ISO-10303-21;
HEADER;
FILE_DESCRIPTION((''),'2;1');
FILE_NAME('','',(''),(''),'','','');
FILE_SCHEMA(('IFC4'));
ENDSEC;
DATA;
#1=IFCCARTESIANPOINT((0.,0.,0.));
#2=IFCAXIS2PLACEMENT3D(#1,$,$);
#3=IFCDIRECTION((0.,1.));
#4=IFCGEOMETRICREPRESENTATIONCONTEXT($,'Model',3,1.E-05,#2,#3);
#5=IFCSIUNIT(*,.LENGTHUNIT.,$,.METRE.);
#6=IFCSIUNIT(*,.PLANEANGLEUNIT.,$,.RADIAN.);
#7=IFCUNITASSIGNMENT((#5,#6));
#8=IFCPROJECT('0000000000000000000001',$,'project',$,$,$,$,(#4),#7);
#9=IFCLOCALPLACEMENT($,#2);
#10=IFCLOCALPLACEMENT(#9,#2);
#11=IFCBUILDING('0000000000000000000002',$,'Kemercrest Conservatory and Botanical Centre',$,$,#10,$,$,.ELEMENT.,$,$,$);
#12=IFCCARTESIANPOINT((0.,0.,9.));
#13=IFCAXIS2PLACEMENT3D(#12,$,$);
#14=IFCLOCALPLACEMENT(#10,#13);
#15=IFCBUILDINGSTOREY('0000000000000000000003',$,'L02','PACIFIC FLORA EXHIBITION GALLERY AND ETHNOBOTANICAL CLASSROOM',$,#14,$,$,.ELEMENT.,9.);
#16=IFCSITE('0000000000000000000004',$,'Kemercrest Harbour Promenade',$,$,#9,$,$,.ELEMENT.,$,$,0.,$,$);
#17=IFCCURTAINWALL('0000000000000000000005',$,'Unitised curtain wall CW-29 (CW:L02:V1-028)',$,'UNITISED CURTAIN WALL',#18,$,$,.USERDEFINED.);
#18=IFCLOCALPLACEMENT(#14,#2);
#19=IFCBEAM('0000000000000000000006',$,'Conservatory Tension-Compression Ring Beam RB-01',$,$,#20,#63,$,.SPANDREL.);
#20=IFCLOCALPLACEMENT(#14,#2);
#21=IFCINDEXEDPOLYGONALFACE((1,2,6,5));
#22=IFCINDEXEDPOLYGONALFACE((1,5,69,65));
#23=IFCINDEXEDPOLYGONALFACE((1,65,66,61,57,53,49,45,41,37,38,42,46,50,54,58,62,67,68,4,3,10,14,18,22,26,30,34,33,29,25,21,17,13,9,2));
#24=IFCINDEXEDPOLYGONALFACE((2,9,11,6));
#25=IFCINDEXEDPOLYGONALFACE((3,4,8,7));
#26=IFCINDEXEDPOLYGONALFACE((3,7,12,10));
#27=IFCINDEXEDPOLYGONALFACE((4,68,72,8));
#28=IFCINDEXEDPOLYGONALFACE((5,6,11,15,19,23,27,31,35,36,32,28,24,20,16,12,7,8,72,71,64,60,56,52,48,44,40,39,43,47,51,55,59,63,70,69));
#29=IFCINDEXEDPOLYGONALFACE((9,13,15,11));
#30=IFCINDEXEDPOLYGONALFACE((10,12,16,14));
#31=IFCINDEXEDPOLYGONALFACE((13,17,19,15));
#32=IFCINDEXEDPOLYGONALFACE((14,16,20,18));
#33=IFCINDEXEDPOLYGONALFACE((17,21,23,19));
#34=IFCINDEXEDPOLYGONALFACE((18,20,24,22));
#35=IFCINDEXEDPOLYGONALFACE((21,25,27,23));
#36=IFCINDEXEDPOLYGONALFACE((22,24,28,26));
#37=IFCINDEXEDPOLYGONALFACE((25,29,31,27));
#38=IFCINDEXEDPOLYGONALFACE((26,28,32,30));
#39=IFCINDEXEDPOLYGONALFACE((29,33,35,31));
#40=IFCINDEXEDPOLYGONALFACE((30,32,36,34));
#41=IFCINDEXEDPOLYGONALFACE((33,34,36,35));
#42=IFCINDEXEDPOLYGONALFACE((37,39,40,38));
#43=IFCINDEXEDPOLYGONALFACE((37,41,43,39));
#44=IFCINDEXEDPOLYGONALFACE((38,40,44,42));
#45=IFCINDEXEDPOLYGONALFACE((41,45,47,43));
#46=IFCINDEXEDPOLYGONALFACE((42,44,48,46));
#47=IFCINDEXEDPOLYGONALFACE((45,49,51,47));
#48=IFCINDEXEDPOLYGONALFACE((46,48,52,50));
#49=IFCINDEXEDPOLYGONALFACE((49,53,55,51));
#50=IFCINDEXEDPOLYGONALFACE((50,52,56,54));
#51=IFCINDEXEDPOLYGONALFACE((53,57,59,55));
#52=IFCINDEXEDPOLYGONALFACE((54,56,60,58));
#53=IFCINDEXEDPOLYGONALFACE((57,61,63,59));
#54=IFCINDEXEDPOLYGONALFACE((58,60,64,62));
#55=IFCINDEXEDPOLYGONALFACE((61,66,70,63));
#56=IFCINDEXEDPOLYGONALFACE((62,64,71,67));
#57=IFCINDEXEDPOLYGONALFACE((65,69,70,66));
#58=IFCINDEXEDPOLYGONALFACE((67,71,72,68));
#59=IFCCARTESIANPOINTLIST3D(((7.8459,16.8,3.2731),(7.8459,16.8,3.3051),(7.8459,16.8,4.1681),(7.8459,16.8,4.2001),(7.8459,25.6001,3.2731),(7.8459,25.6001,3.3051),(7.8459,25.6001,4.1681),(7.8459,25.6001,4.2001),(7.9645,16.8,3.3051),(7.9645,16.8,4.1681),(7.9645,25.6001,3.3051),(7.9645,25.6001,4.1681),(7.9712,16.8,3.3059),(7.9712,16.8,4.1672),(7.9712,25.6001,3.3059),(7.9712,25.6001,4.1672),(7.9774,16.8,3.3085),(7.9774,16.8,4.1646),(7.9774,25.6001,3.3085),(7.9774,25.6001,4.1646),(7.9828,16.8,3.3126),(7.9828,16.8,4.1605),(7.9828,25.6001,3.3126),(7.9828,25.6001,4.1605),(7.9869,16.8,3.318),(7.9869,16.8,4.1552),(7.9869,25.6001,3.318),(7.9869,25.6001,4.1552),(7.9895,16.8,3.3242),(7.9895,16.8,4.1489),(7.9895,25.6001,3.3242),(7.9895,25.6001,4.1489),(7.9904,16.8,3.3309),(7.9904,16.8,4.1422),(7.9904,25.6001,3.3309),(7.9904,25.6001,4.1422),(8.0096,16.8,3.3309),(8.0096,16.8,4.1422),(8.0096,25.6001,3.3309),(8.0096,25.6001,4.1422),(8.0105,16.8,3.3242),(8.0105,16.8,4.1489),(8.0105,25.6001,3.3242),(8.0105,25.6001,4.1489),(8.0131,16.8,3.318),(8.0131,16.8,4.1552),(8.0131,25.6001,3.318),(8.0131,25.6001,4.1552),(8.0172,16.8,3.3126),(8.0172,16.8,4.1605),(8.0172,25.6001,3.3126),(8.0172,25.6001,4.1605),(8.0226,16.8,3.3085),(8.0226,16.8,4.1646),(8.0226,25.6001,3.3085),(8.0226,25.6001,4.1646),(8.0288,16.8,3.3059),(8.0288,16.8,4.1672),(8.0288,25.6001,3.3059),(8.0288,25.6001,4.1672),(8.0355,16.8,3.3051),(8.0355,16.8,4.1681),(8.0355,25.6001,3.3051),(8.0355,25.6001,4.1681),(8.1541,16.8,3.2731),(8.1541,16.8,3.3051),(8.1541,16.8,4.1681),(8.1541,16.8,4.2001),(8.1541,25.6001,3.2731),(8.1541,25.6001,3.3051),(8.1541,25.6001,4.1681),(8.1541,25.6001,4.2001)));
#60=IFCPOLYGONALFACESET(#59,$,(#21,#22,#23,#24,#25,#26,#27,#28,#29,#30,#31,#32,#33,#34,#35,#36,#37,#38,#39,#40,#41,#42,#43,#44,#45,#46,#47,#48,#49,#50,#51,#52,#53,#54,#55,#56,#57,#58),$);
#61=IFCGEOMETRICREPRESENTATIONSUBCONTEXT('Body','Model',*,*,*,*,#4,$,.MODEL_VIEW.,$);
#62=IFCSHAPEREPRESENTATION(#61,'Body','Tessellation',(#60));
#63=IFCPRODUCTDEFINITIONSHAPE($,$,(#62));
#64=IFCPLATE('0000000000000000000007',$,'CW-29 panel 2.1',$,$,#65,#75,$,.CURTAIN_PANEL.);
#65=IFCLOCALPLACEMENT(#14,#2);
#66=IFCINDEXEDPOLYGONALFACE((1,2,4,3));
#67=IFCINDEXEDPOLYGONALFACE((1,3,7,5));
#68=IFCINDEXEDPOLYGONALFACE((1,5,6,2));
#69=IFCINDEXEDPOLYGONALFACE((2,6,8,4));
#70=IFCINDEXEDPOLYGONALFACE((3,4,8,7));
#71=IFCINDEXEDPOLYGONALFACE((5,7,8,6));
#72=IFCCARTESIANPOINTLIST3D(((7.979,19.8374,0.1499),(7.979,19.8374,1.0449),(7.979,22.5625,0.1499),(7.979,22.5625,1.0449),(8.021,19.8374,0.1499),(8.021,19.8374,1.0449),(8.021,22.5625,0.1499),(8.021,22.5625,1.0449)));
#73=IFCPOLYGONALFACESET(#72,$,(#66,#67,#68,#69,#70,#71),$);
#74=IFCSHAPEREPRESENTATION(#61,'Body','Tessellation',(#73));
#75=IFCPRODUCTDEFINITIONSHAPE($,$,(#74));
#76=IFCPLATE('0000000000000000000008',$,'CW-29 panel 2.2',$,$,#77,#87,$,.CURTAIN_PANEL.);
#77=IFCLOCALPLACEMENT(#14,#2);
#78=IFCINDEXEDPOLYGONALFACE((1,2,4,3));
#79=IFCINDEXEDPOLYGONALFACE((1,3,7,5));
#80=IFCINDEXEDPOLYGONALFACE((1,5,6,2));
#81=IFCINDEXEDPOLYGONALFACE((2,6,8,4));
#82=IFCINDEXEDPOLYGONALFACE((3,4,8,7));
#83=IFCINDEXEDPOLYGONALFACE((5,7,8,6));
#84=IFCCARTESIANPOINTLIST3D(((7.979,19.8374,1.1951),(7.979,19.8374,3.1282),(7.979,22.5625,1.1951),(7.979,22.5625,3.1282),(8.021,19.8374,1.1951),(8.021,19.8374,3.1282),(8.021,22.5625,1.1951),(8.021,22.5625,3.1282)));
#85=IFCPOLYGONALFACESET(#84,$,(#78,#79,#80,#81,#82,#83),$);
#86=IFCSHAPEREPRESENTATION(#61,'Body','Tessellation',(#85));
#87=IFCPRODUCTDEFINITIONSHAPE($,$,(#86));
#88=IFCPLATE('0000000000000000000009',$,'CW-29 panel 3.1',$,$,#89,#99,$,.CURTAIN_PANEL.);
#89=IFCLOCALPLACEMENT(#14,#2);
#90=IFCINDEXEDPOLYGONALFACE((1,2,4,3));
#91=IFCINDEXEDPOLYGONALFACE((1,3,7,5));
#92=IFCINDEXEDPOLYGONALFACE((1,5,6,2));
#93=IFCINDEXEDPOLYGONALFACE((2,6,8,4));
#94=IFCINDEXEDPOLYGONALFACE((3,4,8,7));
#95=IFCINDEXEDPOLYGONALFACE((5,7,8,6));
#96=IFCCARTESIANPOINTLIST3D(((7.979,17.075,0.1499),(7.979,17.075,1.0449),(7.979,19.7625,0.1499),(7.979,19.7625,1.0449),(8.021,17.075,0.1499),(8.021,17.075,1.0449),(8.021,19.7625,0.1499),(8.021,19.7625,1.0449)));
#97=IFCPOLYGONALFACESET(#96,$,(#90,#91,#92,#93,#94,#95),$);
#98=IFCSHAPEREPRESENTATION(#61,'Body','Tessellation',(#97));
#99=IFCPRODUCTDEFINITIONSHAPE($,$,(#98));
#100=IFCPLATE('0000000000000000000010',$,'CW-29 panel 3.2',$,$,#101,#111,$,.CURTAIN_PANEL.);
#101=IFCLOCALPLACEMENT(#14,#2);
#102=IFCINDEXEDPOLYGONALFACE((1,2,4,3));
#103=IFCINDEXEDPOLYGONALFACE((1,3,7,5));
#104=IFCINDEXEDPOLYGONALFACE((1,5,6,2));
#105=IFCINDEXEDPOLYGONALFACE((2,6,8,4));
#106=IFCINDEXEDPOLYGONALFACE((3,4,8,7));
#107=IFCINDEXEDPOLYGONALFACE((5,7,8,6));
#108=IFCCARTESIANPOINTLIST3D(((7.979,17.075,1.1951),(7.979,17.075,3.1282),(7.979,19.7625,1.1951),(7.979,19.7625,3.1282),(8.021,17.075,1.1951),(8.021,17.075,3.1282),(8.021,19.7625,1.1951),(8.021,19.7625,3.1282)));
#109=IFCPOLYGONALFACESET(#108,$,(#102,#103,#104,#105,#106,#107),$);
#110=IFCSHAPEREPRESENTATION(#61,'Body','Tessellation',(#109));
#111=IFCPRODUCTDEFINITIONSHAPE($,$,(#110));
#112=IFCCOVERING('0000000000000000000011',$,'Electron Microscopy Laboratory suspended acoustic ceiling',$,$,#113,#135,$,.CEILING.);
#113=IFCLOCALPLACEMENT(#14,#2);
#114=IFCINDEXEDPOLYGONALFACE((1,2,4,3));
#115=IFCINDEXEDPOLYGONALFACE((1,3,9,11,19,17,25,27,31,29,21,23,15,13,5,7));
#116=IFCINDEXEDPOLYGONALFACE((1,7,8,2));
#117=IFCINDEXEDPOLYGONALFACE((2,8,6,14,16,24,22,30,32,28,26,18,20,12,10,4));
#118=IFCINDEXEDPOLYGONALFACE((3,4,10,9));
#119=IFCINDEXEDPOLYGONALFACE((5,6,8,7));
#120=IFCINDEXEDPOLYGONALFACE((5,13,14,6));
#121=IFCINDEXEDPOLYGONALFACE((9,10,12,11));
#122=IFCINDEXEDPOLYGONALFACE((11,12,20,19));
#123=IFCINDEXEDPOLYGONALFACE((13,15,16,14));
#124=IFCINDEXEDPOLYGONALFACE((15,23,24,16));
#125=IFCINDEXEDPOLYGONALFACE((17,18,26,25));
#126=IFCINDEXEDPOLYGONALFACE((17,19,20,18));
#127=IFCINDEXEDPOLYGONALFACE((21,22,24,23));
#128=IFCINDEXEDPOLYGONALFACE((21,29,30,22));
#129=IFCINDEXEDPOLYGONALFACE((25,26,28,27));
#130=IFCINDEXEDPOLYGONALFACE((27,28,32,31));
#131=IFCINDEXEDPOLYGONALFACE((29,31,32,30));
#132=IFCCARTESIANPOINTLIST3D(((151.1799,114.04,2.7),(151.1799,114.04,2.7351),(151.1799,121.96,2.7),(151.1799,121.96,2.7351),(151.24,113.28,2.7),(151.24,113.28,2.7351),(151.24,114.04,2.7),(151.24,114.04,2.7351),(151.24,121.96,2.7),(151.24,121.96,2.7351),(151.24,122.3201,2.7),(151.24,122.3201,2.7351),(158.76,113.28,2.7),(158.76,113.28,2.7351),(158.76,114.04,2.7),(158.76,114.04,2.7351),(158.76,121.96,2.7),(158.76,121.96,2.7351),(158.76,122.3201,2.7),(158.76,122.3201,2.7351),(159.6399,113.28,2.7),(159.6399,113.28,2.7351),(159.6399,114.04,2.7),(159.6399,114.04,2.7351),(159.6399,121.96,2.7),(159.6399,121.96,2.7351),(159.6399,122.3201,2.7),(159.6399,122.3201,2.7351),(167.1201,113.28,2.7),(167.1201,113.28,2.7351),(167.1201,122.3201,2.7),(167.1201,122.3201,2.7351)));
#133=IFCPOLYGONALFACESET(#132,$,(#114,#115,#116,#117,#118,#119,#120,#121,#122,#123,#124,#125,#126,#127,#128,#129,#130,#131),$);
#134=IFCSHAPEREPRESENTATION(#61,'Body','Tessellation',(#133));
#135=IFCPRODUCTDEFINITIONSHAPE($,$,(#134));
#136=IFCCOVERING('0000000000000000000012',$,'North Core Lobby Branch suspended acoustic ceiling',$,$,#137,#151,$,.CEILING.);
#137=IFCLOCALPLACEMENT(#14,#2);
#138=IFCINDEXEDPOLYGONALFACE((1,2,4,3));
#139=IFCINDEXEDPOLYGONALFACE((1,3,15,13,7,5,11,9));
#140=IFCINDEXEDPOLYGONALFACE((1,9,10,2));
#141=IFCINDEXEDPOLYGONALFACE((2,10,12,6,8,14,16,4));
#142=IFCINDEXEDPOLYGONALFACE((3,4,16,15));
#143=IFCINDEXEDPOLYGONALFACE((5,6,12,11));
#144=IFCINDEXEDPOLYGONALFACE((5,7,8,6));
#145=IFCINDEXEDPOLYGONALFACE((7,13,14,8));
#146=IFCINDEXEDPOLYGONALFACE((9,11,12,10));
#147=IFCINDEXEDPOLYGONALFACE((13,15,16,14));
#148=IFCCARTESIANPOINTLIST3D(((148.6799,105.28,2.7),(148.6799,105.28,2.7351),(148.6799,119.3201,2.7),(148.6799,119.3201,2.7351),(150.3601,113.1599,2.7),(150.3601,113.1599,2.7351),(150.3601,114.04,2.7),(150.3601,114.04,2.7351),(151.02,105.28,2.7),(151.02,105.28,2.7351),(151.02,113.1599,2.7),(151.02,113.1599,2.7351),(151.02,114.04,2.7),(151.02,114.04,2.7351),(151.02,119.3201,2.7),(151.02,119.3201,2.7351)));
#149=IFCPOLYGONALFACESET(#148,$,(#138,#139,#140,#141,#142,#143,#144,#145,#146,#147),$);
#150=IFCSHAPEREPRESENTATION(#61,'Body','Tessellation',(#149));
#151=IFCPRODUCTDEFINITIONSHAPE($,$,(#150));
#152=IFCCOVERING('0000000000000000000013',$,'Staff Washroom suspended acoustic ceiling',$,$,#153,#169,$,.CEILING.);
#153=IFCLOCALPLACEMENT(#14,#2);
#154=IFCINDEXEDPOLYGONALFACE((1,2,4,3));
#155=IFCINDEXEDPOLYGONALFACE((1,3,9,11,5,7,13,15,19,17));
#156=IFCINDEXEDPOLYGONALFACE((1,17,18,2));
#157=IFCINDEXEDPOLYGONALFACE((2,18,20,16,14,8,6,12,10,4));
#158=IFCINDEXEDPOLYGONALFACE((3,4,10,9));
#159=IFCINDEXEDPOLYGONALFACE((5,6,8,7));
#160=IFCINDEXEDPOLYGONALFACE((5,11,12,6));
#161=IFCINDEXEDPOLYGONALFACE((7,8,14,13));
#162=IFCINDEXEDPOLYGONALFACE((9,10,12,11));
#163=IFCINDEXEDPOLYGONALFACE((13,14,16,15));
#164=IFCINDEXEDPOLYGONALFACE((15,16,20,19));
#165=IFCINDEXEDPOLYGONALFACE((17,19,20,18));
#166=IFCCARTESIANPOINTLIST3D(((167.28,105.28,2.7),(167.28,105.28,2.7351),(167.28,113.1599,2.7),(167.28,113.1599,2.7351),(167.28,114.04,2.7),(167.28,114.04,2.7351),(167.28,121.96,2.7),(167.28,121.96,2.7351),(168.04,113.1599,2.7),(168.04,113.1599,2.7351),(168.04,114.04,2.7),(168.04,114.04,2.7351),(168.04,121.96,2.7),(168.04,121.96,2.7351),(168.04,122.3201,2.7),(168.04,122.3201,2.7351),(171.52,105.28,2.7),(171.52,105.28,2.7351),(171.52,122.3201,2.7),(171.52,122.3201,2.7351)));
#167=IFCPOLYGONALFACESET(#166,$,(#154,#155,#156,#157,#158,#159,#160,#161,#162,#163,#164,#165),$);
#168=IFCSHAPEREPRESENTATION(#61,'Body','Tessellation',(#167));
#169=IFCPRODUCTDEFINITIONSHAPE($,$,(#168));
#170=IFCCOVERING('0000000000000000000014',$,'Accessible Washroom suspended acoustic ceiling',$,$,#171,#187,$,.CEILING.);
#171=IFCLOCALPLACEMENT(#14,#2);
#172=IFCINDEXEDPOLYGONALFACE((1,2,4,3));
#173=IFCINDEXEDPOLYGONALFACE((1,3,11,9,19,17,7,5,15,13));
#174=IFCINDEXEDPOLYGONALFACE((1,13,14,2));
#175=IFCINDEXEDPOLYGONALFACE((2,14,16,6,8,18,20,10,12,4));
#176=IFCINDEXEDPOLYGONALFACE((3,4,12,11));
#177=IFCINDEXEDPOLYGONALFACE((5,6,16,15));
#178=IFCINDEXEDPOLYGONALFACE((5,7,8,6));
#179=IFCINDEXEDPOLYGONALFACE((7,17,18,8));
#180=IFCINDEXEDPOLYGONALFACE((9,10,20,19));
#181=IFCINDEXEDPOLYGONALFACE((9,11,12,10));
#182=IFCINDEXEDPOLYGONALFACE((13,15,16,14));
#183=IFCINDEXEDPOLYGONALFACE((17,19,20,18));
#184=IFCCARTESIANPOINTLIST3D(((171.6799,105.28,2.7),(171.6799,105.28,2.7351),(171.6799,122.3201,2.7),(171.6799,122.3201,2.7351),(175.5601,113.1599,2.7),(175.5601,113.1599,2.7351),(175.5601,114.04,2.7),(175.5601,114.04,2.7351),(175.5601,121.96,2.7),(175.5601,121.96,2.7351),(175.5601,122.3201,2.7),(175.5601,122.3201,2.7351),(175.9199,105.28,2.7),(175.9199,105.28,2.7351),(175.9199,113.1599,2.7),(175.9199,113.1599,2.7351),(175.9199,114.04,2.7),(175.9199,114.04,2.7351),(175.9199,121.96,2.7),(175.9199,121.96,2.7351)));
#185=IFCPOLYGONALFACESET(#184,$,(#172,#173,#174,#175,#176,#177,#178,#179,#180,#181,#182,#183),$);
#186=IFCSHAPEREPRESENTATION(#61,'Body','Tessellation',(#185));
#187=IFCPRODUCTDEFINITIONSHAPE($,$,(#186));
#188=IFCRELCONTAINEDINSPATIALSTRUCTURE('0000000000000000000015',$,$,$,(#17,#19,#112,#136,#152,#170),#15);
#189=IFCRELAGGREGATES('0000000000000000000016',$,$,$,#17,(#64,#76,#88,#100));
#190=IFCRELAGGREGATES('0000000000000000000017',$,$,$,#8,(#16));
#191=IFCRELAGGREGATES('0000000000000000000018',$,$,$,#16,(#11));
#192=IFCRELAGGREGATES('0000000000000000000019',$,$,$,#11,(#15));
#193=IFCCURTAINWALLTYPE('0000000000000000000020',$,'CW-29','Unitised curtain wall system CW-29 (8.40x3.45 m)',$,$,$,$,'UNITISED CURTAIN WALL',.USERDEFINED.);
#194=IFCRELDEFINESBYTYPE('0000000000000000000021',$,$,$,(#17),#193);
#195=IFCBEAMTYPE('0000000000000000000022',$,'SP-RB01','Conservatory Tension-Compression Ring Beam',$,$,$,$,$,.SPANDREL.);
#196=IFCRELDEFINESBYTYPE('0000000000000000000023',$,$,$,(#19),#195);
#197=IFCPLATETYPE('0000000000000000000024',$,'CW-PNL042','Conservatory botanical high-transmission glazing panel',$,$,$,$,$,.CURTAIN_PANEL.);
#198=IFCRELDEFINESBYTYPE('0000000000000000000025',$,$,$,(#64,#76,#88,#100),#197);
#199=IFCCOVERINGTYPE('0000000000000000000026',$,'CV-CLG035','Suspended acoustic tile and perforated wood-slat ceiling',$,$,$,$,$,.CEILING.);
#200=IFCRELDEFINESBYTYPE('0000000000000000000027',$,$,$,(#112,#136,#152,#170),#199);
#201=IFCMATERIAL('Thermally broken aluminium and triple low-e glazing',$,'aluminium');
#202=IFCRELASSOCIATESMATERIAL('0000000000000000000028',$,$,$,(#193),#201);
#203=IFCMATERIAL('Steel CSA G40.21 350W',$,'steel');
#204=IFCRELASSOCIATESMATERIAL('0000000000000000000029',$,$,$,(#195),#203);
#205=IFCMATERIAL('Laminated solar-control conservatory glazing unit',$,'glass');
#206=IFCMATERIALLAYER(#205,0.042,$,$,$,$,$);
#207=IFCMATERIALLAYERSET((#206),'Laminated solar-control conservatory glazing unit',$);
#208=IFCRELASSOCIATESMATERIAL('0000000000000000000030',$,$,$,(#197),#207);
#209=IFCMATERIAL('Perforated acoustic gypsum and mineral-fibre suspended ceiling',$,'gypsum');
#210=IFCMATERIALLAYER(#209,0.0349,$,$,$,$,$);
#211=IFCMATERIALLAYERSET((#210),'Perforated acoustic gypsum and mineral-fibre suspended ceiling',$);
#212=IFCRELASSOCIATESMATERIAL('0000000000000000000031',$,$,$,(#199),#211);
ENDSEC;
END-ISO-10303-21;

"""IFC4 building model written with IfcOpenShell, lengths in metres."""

from ifc_helpers import new_model, si_unit, direction, frame, origin, origin_2d, place, context, subcontext, project, spatial, polyline, rectangle, i_section, outline, extrude, material, layer, layer_set, material_profile, profile_set, type_object, element, aggregate, save


model = new_model("IFC4")

# Units and contexts
model_context = context("Model", 3, precision=1e-05, world=origin(), true_north=direction((0.0, 1.0)))
body_context = subcontext(model_context, "Body", "Model", "MODEL_VIEW")
ifc_project = project(units=[si_unit("LENGTHUNIT", "METRE"), si_unit("PLANEANGLEUNIT", "RADIAN")], contexts=[model_context])

# Site, building, storey
site_placement = place(None, origin())
site = spatial("IfcSite", under=ifc_project, at=site_placement, Name="Kemercrest Harbour Promenade", CompositionType="ELEMENT", RefElevation=0.0)
building_placement = place(site_placement, origin())
building = spatial("IfcBuilding", under=site, at=building_placement, Name="Kemercrest Conservatory and Botanical Centre", CompositionType="ELEMENT")
storey_placement = place(building_placement, frame((0.0, 0.0, 9.0)))
storey = spatial("IfcBuildingStorey", under=building, at=storey_placement, Name="L02", Description="PACIFIC FLORA EXHIBITION GALLERY AND ETHNOBOTANICAL CLASSROOM", CompositionType="ELEMENT", Elevation=9.0)

# Shared definitions
ifc_material_1 = material(Name="Steel CSA G40.21 350W", Category="steel")

# Curtain wall
ifc_material_2 = material(Name="Thermally broken aluminium and triple low-e glazing", Category="aluminium")
curtain_wall_type = type_object("IfcCurtainWallType", Name="CW-29", Description="Unitised curtain wall system CW-29 (8.40x3.45 m)", ElementType="UNITISED CURTAIN WALL", PredefinedType="USERDEFINED", material=ifc_material_2)
curtain_wall_placement = place(storey_placement, origin())
curtain_wall = element("IfcCurtainWall", 1, at=curtain_wall_placement, inside=storey, type_object=curtain_wall_type, Name="Unitised curtain wall CW-29 (CW:L02:V1-028)", ObjectType="UNITISED CURTAIN WALL", PredefinedType="USERDEFINED")

# Beam
ifc_material_profile_1 = material_profile(ifc_material_1, i_section(OverallWidth=0.3081, OverallDepth=0.927, WebThickness=0.0193, FlangeThickness=0.032, FilletRadius=0.0259, at=origin_2d()), Name="W920X289")
ifc_profile_set_1 = profile_set([ifc_material_profile_1], Name="Steel CSA G40.21 350W")
beam_type = type_object("IfcBeamType", Name="SP-RB01", Description="Conservatory Tension-Compression Ring Beam", PredefinedType="SPANDREL", material=ifc_profile_set_1)
beam_1_placement = place(storey_placement, frame((8.0, 16.8, 3.7366), z_axis=(0.0, 1.0, 0.0), x_axis=(-1.0, 0.0, 0.0)))
element("IfcBeam", 2, at=beam_1_placement, inside=storey, type_object=beam_type, Name="Conservatory Tension-Compression Ring Beam RB-01", PredefinedType="SPANDREL", context=body_context, shape_type="SweptSolid", body=[
    extrude(i_section(OverallWidth=0.3081, OverallDepth=0.927, WebThickness=0.0193, FlangeThickness=0.032, FilletRadius=0.0259, at=origin_2d()), origin(), (0.0, 0.0, 1.0), 8.8),
])

# Plates
ifc_material_3 = material(Name="Laminated solar-control conservatory glazing unit", Category="glass")
ifc_layer_1 = layer(ifc_material_3, 0.042)
ifc_layer_set_1 = layer_set([ifc_layer_1], Name="Laminated solar-control conservatory glazing unit")
plate_type = type_object("IfcPlateType", Name="CW-PNL042", Description="Conservatory botanical high-transmission glazing panel", PredefinedType="CURTAIN_PANEL", material=ifc_layer_set_1)
plate_1_placement = place(storey_placement, frame((8.0, 21.2, 0.1499), z_axis=(0.0, 0.0, 1.0), x_axis=(0.0, -1.0, 0.0)))
plate_1 = element("IfcPlate", 3, at=plate_1_placement, type_object=plate_type, Name="CW-29 panel 2.1", PredefinedType="CURTAIN_PANEL", context=body_context, shape_type="SweptSolid", body=[
    extrude(rectangle(XDim=2.7251, YDim=0.042, at=origin_2d()), origin(), (0.0, 0.0, 1.0), 0.895),
])
plate_2_placement = place(storey_placement, frame((8.0, 21.2, 1.1951), z_axis=(0.0, 0.0, 1.0), x_axis=(0.0, -1.0, 0.0)))
plate_2 = element("IfcPlate", 4, at=plate_2_placement, type_object=plate_type, Name="CW-29 panel 2.2", PredefinedType="CURTAIN_PANEL", context=body_context, shape_type="SweptSolid", body=[
    extrude(rectangle(XDim=2.7251, YDim=0.042, at=origin_2d()), origin(), (0.0, 0.0, 1.0), 1.9331),
])
plate_3_placement = place(storey_placement, frame((8.0, 18.4187, 0.1499), z_axis=(0.0, 0.0, 1.0), x_axis=(0.0, -1.0, 0.0)))
plate_3 = element("IfcPlate", 5, at=plate_3_placement, type_object=plate_type, Name="CW-29 panel 3.1", PredefinedType="CURTAIN_PANEL", context=body_context, shape_type="SweptSolid", body=[
    extrude(rectangle(XDim=2.6875, YDim=0.042, at=origin_2d()), origin(), (0.0, 0.0, 1.0), 0.895),
])
plate_4_placement = place(storey_placement, frame((8.0, 18.4187, 1.1951), z_axis=(0.0, 0.0, 1.0), x_axis=(0.0, -1.0, 0.0)))
plate_4 = element("IfcPlate", 6, at=plate_4_placement, type_object=plate_type, Name="CW-29 panel 3.2", PredefinedType="CURTAIN_PANEL", context=body_context, shape_type="SweptSolid", body=[
    extrude(rectangle(XDim=2.6875, YDim=0.042, at=origin_2d()), origin(), (0.0, 0.0, 1.0), 1.9331),
])
aggregate(curtain_wall, [plate_1, plate_2, plate_3, plate_4])

# Coverings
ifc_material_4 = material(Name="Perforated acoustic gypsum and mineral-fibre suspended ceiling", Category="gypsum")
ifc_layer_2 = layer(ifc_material_4, 0.0349)
ifc_layer_set_2 = layer_set([ifc_layer_2], Name="Perforated acoustic gypsum and mineral-fibre suspended ceiling")
covering_type_1 = type_object("IfcCoveringType", Name="CV-CLG035", Description="Suspended acoustic tile and perforated wood-slat ceiling", PredefinedType="CEILING", material=ifc_layer_set_2)
covering_1_placement = place(storey_placement, frame((0.0, 0.0, 2.7)))
element("IfcCovering", 7, at=covering_1_placement, inside=storey, type_object=covering_type_1, Name="Electron Microscopy Laboratory suspended acoustic ceiling", PredefinedType="CEILING", context=body_context, shape_type="SweptSolid", body=[
    extrude(outline(polyline([(159.6399, 113.28), (167.1201, 113.28), (167.1201, 122.3201), (159.6399, 122.3201), (159.6399, 121.96), (158.76, 121.96), (158.76, 122.3201), (151.24, 122.3201), (151.24, 121.96), (151.1799, 121.96), (151.1799, 114.04), (151.24, 114.04), (151.24, 113.28), (158.76, 113.28), (158.76, 114.04), (159.6399, 114.04), (159.6399, 113.28)])), origin(), (0.0, 0.0, 1.0), 0.0352),
])
covering_2_placement = place(storey_placement, frame((0.0, 0.0, 2.7)))
element("IfcCovering", 8, at=covering_2_placement, inside=storey, type_object=covering_type_1, Name="North Core Lobby Branch suspended acoustic ceiling", PredefinedType="CEILING", context=body_context, shape_type="SweptSolid", body=[
    extrude(outline(polyline([(148.6799, 105.28), (151.02, 105.28), (151.02, 113.1599), (150.3601, 113.1599), (150.3601, 114.04), (151.02, 114.04), (151.02, 119.3201), (148.6799, 119.3201), (148.6799, 105.28)])), origin(), (0.0, 0.0, 1.0), 0.0352),
])
covering_3_placement = place(storey_placement, frame((0.0, 0.0, 2.7)))
element("IfcCovering", 9, at=covering_3_placement, inside=storey, type_object=covering_type_1, Name="Staff Washroom suspended acoustic ceiling", PredefinedType="CEILING", context=body_context, shape_type="SweptSolid", body=[
    extrude(outline(polyline([(167.28, 105.28), (171.52, 105.28), (171.52, 122.3201), (168.04, 122.3201), (168.04, 121.96), (167.28, 121.96), (167.28, 114.04), (168.04, 114.04), (168.04, 113.1599), (167.28, 113.1599), (167.28, 105.28)])), origin(), (0.0, 0.0, 1.0), 0.0352),
])
covering_4_placement = place(storey_placement, frame((0.0, 0.0, 2.7)))
element("IfcCovering", 10, at=covering_4_placement, inside=storey, type_object=covering_type_1, Name="Accessible Washroom suspended acoustic ceiling", PredefinedType="CEILING", context=body_context, shape_type="SweptSolid", body=[
    extrude(outline(polyline([(171.6799, 105.28), (175.9199, 105.28), (175.9199, 113.1599), (175.5601, 113.1599), (175.5601, 114.04), (175.9199, 114.04), (175.9199, 121.96), (175.5601, 121.96), (175.5601, 122.3201), (171.6799, 122.3201), (171.6799, 105.28)])), origin(), (0.0, 0.0, 1.0), 0.0352),
])

save(model, "model.ifc")
